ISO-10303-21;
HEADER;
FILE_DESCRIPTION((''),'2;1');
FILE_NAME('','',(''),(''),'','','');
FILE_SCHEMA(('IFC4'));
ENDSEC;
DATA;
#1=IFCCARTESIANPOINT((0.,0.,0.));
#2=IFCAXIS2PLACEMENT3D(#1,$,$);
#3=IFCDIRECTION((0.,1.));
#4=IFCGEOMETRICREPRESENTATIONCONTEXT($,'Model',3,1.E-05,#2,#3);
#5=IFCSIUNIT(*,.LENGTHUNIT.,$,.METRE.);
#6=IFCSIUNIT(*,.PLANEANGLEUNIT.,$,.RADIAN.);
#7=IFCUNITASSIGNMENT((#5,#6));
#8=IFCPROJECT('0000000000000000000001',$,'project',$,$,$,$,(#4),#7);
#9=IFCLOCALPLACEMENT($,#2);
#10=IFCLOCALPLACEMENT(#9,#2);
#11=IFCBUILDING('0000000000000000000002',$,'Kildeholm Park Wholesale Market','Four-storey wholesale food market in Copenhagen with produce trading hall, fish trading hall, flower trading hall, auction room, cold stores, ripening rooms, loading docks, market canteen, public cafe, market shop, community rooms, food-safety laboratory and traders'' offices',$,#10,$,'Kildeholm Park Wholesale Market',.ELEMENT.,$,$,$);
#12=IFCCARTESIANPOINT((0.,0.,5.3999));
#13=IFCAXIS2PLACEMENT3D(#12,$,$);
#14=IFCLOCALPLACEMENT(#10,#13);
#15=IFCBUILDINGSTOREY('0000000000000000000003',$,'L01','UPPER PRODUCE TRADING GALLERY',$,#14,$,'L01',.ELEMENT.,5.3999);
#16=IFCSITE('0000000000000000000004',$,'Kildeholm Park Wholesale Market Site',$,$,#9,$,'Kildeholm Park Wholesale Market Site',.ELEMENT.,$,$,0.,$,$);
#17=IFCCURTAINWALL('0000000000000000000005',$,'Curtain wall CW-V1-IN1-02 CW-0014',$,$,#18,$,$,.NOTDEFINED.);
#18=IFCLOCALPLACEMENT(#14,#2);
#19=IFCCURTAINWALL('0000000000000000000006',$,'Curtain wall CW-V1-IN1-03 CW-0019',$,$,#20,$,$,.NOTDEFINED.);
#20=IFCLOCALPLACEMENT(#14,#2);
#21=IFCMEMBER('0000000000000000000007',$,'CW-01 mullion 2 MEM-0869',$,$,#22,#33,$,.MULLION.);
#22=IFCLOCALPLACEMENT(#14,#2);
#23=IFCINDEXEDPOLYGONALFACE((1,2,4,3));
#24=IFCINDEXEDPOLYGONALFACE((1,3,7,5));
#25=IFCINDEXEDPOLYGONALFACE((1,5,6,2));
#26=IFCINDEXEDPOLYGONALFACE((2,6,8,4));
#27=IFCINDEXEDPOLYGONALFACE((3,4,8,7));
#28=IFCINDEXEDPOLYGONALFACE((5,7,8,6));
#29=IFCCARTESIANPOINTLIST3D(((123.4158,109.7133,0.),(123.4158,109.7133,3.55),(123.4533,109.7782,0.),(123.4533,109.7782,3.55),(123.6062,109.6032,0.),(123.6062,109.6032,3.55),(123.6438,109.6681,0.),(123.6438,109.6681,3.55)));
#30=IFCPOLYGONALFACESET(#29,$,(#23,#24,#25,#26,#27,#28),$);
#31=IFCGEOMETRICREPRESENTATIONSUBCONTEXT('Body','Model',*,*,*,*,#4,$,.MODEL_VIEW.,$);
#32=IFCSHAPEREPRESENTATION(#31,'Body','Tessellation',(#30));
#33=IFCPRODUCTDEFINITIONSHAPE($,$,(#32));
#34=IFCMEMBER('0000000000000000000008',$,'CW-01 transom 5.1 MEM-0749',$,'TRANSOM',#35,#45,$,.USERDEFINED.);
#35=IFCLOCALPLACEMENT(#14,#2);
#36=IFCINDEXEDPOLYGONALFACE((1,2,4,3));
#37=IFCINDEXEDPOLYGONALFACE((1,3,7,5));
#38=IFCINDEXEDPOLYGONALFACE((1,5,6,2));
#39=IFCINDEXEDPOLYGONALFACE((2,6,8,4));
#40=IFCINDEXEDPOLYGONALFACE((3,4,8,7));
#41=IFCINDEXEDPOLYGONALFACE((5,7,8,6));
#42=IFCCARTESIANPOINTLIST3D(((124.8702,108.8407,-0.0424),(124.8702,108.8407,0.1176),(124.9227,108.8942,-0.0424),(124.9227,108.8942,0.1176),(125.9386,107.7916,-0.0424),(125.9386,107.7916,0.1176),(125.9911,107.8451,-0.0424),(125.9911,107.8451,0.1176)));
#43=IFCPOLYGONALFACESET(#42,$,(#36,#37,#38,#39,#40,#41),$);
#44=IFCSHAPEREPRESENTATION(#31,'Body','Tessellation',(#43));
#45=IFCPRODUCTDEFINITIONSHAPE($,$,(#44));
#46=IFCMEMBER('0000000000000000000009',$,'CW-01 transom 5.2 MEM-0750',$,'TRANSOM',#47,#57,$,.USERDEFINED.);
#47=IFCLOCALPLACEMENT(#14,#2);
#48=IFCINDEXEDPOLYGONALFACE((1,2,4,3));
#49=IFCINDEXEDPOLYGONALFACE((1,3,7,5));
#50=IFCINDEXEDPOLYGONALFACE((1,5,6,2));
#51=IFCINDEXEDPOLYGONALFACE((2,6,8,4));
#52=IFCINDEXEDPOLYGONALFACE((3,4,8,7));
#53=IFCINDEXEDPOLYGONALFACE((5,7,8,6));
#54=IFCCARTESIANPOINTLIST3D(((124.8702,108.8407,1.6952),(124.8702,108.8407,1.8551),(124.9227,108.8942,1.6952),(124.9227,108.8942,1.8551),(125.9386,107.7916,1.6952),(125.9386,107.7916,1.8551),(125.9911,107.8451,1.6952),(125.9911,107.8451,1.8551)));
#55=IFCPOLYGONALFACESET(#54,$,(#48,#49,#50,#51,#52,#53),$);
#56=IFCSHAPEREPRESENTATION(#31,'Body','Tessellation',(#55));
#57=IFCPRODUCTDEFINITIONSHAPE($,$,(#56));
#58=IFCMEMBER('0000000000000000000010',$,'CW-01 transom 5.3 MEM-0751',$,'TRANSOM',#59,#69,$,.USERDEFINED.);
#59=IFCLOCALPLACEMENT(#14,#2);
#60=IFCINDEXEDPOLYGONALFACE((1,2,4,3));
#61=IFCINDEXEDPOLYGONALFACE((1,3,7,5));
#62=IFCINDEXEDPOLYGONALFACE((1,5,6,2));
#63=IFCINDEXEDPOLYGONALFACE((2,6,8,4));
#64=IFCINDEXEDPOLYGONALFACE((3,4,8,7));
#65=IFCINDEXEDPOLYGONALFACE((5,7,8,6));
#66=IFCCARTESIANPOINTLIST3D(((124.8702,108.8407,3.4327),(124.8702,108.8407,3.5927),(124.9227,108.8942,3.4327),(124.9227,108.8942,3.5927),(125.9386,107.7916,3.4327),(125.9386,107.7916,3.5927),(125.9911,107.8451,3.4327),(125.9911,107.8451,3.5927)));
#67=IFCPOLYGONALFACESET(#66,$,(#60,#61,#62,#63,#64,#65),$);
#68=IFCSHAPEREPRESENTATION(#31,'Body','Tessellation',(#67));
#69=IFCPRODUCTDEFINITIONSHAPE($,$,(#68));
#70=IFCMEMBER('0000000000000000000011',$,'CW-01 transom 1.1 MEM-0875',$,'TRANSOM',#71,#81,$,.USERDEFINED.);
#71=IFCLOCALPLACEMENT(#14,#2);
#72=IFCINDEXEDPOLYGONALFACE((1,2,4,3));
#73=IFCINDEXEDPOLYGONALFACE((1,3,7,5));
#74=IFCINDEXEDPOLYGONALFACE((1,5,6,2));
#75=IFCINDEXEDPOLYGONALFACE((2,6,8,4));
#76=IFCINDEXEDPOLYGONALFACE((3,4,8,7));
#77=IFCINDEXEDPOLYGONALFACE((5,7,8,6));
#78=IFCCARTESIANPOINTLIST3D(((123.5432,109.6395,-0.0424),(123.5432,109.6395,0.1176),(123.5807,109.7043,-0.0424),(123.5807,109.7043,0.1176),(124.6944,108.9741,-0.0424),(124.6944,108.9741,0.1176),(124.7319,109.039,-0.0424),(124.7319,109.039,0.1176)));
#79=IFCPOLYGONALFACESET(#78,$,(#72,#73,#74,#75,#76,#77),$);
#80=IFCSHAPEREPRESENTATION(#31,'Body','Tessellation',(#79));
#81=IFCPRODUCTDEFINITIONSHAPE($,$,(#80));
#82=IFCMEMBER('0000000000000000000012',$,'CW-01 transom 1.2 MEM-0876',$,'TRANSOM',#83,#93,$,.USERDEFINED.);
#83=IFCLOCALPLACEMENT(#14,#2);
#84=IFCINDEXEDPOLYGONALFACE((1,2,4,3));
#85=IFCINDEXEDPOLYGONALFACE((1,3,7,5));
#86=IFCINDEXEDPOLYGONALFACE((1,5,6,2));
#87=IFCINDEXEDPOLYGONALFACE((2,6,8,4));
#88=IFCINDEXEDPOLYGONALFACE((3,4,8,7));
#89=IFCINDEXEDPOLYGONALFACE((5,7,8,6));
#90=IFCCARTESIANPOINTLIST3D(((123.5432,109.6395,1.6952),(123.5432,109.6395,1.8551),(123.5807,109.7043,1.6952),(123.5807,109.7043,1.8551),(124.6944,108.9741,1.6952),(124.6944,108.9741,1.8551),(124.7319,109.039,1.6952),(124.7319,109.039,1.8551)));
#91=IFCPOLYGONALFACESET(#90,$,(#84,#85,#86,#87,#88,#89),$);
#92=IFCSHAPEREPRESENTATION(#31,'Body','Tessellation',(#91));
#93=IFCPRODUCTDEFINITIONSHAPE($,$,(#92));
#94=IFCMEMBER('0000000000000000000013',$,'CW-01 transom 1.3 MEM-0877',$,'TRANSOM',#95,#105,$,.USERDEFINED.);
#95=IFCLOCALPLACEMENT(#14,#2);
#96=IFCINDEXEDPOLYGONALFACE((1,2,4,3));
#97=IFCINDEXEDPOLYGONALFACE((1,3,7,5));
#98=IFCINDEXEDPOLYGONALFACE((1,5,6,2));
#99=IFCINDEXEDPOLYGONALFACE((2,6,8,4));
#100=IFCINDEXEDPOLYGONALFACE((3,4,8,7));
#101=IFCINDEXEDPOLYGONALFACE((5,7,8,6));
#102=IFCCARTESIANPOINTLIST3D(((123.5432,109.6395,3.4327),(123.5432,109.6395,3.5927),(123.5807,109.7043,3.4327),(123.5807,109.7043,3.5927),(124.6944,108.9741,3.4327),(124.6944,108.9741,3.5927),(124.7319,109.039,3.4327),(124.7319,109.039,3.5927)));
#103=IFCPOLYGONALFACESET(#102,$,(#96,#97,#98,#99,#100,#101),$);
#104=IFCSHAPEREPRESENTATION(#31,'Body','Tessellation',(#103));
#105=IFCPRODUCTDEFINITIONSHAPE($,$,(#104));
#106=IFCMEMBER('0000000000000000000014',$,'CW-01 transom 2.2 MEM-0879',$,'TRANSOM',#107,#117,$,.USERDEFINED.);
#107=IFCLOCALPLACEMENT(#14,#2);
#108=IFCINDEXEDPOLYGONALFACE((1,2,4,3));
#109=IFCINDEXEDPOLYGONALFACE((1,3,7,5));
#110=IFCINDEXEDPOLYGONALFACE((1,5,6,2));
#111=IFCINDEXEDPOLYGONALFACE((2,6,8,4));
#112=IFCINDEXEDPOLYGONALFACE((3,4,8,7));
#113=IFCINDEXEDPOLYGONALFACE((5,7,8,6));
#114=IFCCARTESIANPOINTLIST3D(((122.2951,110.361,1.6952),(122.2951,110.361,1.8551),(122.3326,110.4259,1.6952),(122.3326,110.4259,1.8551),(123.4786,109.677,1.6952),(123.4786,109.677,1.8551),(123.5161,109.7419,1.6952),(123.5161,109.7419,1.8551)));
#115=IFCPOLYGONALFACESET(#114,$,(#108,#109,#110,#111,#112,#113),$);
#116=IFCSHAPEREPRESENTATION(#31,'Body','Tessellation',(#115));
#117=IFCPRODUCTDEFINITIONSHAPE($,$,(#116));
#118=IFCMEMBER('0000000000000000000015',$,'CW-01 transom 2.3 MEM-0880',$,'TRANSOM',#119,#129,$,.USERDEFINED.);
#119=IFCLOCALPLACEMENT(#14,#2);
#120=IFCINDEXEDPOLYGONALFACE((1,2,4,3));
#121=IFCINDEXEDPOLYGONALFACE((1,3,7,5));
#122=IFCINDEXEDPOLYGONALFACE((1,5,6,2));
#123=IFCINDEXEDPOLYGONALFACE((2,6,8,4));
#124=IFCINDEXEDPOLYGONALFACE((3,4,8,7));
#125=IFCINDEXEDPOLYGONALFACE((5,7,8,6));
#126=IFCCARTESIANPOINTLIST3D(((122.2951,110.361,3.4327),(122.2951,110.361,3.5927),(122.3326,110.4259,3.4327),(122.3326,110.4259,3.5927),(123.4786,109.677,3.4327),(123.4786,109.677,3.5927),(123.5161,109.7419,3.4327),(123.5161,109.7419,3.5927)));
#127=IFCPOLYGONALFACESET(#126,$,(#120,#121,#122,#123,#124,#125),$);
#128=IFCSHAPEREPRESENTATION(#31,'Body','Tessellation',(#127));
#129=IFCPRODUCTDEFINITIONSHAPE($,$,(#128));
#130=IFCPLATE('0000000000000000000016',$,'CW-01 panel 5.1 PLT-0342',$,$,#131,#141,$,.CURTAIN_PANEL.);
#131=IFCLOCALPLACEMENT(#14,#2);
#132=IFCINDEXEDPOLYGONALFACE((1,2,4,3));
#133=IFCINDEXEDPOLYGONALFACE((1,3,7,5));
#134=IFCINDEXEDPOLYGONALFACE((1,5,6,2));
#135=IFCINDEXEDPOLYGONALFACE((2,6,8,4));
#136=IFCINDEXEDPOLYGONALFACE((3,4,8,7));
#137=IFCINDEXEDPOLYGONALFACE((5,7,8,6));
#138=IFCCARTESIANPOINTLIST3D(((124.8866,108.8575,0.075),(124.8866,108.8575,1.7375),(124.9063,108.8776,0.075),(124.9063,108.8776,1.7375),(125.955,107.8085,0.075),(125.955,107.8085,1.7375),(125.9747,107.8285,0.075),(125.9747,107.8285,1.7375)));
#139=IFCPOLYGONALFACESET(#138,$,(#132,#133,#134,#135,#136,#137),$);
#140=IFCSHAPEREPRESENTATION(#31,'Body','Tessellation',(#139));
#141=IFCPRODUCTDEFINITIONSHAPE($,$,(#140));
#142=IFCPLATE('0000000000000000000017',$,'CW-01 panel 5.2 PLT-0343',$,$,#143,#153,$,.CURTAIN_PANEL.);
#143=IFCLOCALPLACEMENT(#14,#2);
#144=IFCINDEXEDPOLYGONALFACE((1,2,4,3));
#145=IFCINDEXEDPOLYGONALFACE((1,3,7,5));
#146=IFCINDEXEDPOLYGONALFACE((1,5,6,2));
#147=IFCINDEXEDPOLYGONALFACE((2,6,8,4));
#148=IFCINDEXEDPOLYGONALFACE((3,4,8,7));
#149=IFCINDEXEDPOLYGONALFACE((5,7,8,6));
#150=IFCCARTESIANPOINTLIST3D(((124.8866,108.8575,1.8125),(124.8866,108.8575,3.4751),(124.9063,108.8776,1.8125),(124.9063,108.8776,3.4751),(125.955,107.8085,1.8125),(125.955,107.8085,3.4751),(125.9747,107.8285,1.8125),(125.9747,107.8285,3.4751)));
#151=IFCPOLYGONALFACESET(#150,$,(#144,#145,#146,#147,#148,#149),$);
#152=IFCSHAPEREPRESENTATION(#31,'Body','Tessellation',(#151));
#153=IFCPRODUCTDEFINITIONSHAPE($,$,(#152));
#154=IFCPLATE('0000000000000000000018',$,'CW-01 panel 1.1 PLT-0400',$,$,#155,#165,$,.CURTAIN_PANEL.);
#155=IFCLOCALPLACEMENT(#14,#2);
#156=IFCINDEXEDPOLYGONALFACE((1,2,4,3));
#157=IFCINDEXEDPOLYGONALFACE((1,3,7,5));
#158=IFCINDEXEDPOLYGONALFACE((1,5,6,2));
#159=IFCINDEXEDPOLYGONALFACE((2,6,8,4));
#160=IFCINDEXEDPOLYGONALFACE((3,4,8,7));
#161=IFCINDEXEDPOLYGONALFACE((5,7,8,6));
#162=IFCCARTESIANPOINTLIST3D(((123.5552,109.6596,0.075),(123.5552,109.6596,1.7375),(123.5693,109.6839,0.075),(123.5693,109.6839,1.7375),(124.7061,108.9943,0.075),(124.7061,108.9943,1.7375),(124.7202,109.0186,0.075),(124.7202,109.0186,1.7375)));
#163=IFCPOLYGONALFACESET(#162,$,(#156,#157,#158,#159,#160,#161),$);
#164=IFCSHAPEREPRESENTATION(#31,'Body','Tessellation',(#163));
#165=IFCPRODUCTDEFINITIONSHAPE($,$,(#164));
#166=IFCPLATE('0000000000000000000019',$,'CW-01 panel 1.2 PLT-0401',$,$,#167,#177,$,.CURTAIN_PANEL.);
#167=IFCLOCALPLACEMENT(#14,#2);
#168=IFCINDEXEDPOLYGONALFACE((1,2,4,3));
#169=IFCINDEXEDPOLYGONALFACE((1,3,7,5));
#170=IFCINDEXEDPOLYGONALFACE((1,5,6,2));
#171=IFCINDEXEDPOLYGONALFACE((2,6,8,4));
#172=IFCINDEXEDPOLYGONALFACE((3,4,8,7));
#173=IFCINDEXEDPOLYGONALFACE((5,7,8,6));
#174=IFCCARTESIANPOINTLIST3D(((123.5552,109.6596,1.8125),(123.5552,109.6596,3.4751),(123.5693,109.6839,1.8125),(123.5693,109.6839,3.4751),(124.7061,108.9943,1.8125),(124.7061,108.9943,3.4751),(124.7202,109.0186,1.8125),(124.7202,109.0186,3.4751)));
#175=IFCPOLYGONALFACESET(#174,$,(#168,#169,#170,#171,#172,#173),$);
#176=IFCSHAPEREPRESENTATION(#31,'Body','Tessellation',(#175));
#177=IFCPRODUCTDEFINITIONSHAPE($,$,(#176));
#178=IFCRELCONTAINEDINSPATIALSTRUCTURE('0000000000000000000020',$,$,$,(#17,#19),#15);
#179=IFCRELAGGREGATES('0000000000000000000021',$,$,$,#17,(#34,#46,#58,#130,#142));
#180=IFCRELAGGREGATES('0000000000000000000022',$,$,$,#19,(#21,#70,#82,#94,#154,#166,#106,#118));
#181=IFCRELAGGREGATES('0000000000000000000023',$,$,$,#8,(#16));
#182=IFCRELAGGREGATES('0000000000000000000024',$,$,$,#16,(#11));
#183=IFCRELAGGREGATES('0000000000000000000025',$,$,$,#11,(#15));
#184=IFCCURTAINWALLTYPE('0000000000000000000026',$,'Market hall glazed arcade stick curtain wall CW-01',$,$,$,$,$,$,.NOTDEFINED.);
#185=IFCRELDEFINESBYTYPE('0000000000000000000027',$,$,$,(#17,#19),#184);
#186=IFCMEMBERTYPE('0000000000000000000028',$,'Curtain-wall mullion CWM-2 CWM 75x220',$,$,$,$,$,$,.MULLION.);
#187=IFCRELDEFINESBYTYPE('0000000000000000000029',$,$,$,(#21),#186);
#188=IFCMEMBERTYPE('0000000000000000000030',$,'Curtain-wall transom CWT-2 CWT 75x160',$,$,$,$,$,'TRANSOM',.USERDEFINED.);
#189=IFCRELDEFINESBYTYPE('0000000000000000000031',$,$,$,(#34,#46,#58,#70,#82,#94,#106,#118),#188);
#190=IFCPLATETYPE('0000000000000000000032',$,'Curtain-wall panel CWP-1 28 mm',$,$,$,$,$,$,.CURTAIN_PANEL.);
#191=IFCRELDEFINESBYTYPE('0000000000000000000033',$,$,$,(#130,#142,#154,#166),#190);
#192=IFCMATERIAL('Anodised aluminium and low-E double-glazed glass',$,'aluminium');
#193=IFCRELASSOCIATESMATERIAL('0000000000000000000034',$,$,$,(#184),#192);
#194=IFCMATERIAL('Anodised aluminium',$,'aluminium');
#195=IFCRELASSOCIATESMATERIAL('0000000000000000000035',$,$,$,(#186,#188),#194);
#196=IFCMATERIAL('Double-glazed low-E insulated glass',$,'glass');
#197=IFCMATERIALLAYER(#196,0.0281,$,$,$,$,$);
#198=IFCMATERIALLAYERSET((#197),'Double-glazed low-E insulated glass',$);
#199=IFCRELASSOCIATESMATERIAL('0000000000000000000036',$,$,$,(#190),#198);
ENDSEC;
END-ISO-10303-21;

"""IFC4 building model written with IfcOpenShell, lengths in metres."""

from ifc_helpers import new_model, si_unit, direction, frame, origin, origin_2d, place, context, subcontext, project, spatial, rectangle, extrude, material, layer, layer_set, material_profile, profile_set, type_object, element, aggregate, save


model = new_model("IFC4")

# Units and contexts
model_context = context("Model", 3, precision=1e-05, world=origin(), true_north=direction((0.0, 1.0)))
body_context = subcontext(model_context, "Body", "Model", "MODEL_VIEW")
ifc_project = project(units=[si_unit("LENGTHUNIT", "METRE"), si_unit("PLANEANGLEUNIT", "RADIAN")], contexts=[model_context])

# Site, building, storey
site_placement = place(None, origin())
site = spatial("IfcSite", under=ifc_project, at=site_placement, Name="Kildeholm Park Wholesale Market Site", LongName="Kildeholm Park Wholesale Market Site", CompositionType="ELEMENT", RefElevation=0.0)
building_placement = place(site_placement, origin())
building = spatial("IfcBuilding", under=site, at=building_placement, Name="Kildeholm Park Wholesale Market", Description="Four-storey wholesale food market in Copenhagen with produce trading hall, fish trading hall, flower trading hall, auction room, cold stores, ripening rooms, loading docks, market canteen, public cafe, market shop, community rooms, food-safety laboratory and traders' offices", LongName="Kildeholm Park Wholesale Market", CompositionType="ELEMENT")
storey_placement = place(building_placement, frame((0.0, 0.0, 5.3999)))
storey = spatial("IfcBuildingStorey", under=building, at=storey_placement, Name="L01", Description="UPPER PRODUCE TRADING GALLERY", LongName="L01", CompositionType="ELEMENT", Elevation=5.3999)

# Curtain walls, member
ifc_material_1 = material(Name="Anodised aluminium and low-E double-glazed glass", Category="aluminium")
curtain_wall_type = type_object("IfcCurtainWallType", Name="Market hall glazed arcade stick curtain wall CW-01", PredefinedType="NOTDEFINED", material=ifc_material_1)
curtain_wall_1_placement = place(storey_placement, origin())
curtain_wall_1 = element("IfcCurtainWall", 1, at=curtain_wall_1_placement, inside=storey, type_object=curtain_wall_type, Name="Curtain wall CW-V1-IN1-02 CW-0014", PredefinedType="NOTDEFINED")
ifc_material_2 = material(Name="Anodised aluminium", Category="aluminium")
ifc_material_profile_1 = material_profile(ifc_material_2, rectangle(XDim=0.075, YDim=0.22, at=origin_2d()), Name="CWM 75x220")
ifc_profile_set_1 = profile_set([ifc_material_profile_1], Name="Anodised aluminium")
member_type_1 = type_object("IfcMemberType", Name="Curtain-wall mullion CWM-2 CWM 75x220", PredefinedType="MULLION", material=ifc_profile_set_1)
curtain_wall_2_placement = place(storey_placement, origin())
curtain_wall_2 = element("IfcCurtainWall", 2, at=curtain_wall_2_placement, inside=storey, type_object=curtain_wall_type, Name="Curtain wall CW-V1-IN1-03 CW-0019", PredefinedType="NOTDEFINED")
member_1_placement = place(storey_placement, frame((123.5298, 109.6907, 0.0), z_axis=(0.0, 0.0, 1.0), x_axis=(-0.500489, -0.865743, 0.0)))
member_1 = element("IfcMember", 3, at=member_1_placement, type_object=member_type_1, Name="CW-01 mullion 2 MEM-0869", PredefinedType="MULLION", context=body_context, shape_type="SweptSolid", body=[
    extrude(rectangle(XDim=0.075, YDim=0.22, at=origin_2d()), origin(), (0.0, 0.0, 1.0), 3.55),
])

# Members
ifc_material_profile_2 = material_profile(ifc_material_2, rectangle(XDim=0.075, YDim=0.1599, at=origin_2d()), Name="CWT 75x160")
ifc_profile_set_2 = profile_set([ifc_material_profile_2], Name="Anodised aluminium")
member_type_2 = type_object("IfcMemberType", Name="Curtain-wall transom CWT-2 CWT 75x160", ElementType="TRANSOM", PredefinedType="USERDEFINED", material=ifc_profile_set_2)
member_2_placement = place(storey_placement, frame((125.9648, 107.8184, 0.0376), z_axis=(-0.713518, 0.700637, 0.0), x_axis=(-0.700637, -0.713518, 0.0)))
member_2 = element("IfcMember", 4, at=member_2_placement, type_object=member_type_2, Name="CW-01 transom 5.1 MEM-0749", ObjectType="TRANSOM", PredefinedType="USERDEFINED", context=body_context, shape_type="SweptSolid", body=[
    extrude(rectangle(XDim=0.075, YDim=0.1599, at=origin_2d()), origin(), (0.0, 0.0, 1.0), 1.4973),
])
member_3_placement = place(storey_placement, frame((125.9648, 107.8184, 1.7751), z_axis=(-0.713518, 0.700637, 0.0), x_axis=(-0.700637, -0.713518, 0.0)))
member_3 = element("IfcMember", 5, at=member_3_placement, type_object=member_type_2, Name="CW-01 transom 5.2 MEM-0750", ObjectType="TRANSOM", PredefinedType="USERDEFINED", context=body_context, shape_type="SweptSolid", body=[
    extrude(rectangle(XDim=0.075, YDim=0.1599, at=origin_2d()), origin(), (0.0, 0.0, 1.0), 1.4973),
])
member_4_placement = place(storey_placement, frame((125.9648, 107.8184, 3.5127), z_axis=(-0.713518, 0.700637, 0.0), x_axis=(-0.700637, -0.713518, 0.0)))
member_4 = element("IfcMember", 6, at=member_4_placement, type_object=member_type_2, Name="CW-01 transom 5.3 MEM-0751", ObjectType="TRANSOM", PredefinedType="USERDEFINED", context=body_context, shape_type="SweptSolid", body=[
    extrude(rectangle(XDim=0.075, YDim=0.1599, at=origin_2d()), origin(), (0.0, 0.0, 1.0), 1.4973),
])
member_5_placement = place(storey_placement, frame((124.7131, 109.0066, 0.0376), z_axis=(-0.865803, 0.500385, 0.0), x_axis=(-0.500385, -0.865803, 0.0)))
member_5 = element("IfcMember", 7, at=member_5_placement, type_object=member_type_2, Name="CW-01 transom 1.1 MEM-0875", ObjectType="TRANSOM", PredefinedType="USERDEFINED", context=body_context, shape_type="SweptSolid", body=[
    extrude(rectangle(XDim=0.075, YDim=0.1599, at=origin_2d()), origin(), (0.0, 0.0, 1.0), 1.3296),
])
member_6_placement = place(storey_placement, frame((124.7131, 109.0066, 1.7751), z_axis=(-0.865803, 0.500385, 0.0), x_axis=(-0.500385, -0.865803, 0.0)))
member_6 = element("IfcMember", 8, at=member_6_placement, type_object=member_type_2, Name="CW-01 transom 1.2 MEM-0876", ObjectType="TRANSOM", PredefinedType="USERDEFINED", context=body_context, shape_type="SweptSolid", body=[
    extrude(rectangle(XDim=0.075, YDim=0.1599, at=origin_2d()), origin(), (0.0, 0.0, 1.0), 1.3296),
])
member_7_placement = place(storey_placement, frame((124.7131, 109.0066, 3.5127), z_axis=(-0.865803, 0.500385, 0.0), x_axis=(-0.500385, -0.865803, 0.0)))
member_7 = element("IfcMember", 9, at=member_7_placement, type_object=member_type_2, Name="CW-01 transom 1.3 MEM-0877", ObjectType="TRANSOM", PredefinedType="USERDEFINED", context=body_context, shape_type="SweptSolid", body=[
    extrude(rectangle(XDim=0.075, YDim=0.1599, at=origin_2d()), origin(), (0.0, 0.0, 1.0), 1.3296),
])
member_8_placement = place(storey_placement, frame((123.4973, 109.7095, 1.7751), z_axis=(-0.865793, 0.500403, 0.0), x_axis=(-0.500403, -0.865793, 0.0)))
member_8 = element("IfcMember", 10, at=member_8_placement, type_object=member_type_2, Name="CW-01 transom 2.2 MEM-0879", ObjectType="TRANSOM", PredefinedType="USERDEFINED", context=body_context, shape_type="SweptSolid", body=[
    extrude(rectangle(XDim=0.075, YDim=0.1599, at=origin_2d()), origin(), (0.0, 0.0, 1.0), 1.3669),
])
member_9_placement = place(storey_placement, frame((123.4973, 109.7095, 3.5127), z_axis=(-0.865793, 0.500403, 0.0), x_axis=(-0.500403, -0.865793, 0.0)))
member_9 = element("IfcMember", 11, at=member_9_placement, type_object=member_type_2, Name="CW-01 transom 2.3 MEM-0880", ObjectType="TRANSOM", PredefinedType="USERDEFINED", context=body_context, shape_type="SweptSolid", body=[
    extrude(rectangle(XDim=0.075, YDim=0.1599, at=origin_2d()), origin(), (0.0, 0.0, 1.0), 1.3669),
])

# Plates
ifc_material_3 = material(Name="Double-glazed low-E insulated glass", Category="glass")
ifc_layer_1 = layer(ifc_material_3, 0.0281)
ifc_layer_set_1 = layer_set([ifc_layer_1], Name="Double-glazed low-E insulated glass")
plate_type = type_object("IfcPlateType", Name="Curtain-wall panel CWP-1 28 mm", PredefinedType="CURTAIN_PANEL", material=ifc_layer_set_1)
plate_1_placement = place(storey_placement, frame((125.4307, 108.343, 0.075), z_axis=(0.0, 0.0, 1.0), x_axis=(-0.713538, 0.700617, 0.0)))
plate_1 = element("IfcPlate", 12, at=plate_1_placement, type_object=plate_type, Name="CW-01 panel 5.1 PLT-0342", PredefinedType="CURTAIN_PANEL", context=body_context, shape_type="SweptSolid", body=[
    extrude(rectangle(XDim=1.4973, YDim=0.0281, at=origin_2d()), origin(), (0.0, 0.0, 1.0), 1.6626),
])
plate_2_placement = place(storey_placement, frame((125.4307, 108.343, 1.8125), z_axis=(0.0, 0.0, 1.0), x_axis=(-0.713538, 0.700617, 0.0)))
plate_2 = element("IfcPlate", 13, at=plate_2_placement, type_object=plate_type, Name="CW-01 panel 5.2 PLT-0343", PredefinedType="CURTAIN_PANEL", context=body_context, shape_type="SweptSolid", body=[
    extrude(rectangle(XDim=1.4973, YDim=0.0281, at=origin_2d()), origin(), (0.0, 0.0, 1.0), 1.6626),
])
aggregate(curtain_wall_1, [member_2, member_3, member_4, plate_1, plate_2])
plate_3_placement = place(storey_placement, frame((124.1377, 109.3391, 0.075), z_axis=(0.0, 0.0, 1.0), x_axis=(-0.865743, 0.500489, 0.0)))
plate_3 = element("IfcPlate", 14, at=plate_3_placement, type_object=plate_type, Name="CW-01 panel 1.1 PLT-0400", PredefinedType="CURTAIN_PANEL", context=body_context, shape_type="SweptSolid", body=[
    extrude(rectangle(XDim=1.3293, YDim=0.0281, at=origin_2d()), origin(), (0.0, 0.0, 1.0), 1.6626),
])
plate_4_placement = place(storey_placement, frame((124.1377, 109.3391, 1.8125), z_axis=(0.0, 0.0, 1.0), x_axis=(-0.865743, 0.500489, 0.0)))
plate_4 = element("IfcPlate", 15, at=plate_4_placement, type_object=plate_type, Name="CW-01 panel 1.2 PLT-0401", PredefinedType="CURTAIN_PANEL", context=body_context, shape_type="SweptSolid", body=[
    extrude(rectangle(XDim=1.3293, YDim=0.0281, at=origin_2d()), origin(), (0.0, 0.0, 1.0), 1.6626),
])
aggregate(curtain_wall_2, [member_1, member_5, member_6, member_7, plate_3, plate_4, member_8, member_9])

save(model, "model.ifc")
